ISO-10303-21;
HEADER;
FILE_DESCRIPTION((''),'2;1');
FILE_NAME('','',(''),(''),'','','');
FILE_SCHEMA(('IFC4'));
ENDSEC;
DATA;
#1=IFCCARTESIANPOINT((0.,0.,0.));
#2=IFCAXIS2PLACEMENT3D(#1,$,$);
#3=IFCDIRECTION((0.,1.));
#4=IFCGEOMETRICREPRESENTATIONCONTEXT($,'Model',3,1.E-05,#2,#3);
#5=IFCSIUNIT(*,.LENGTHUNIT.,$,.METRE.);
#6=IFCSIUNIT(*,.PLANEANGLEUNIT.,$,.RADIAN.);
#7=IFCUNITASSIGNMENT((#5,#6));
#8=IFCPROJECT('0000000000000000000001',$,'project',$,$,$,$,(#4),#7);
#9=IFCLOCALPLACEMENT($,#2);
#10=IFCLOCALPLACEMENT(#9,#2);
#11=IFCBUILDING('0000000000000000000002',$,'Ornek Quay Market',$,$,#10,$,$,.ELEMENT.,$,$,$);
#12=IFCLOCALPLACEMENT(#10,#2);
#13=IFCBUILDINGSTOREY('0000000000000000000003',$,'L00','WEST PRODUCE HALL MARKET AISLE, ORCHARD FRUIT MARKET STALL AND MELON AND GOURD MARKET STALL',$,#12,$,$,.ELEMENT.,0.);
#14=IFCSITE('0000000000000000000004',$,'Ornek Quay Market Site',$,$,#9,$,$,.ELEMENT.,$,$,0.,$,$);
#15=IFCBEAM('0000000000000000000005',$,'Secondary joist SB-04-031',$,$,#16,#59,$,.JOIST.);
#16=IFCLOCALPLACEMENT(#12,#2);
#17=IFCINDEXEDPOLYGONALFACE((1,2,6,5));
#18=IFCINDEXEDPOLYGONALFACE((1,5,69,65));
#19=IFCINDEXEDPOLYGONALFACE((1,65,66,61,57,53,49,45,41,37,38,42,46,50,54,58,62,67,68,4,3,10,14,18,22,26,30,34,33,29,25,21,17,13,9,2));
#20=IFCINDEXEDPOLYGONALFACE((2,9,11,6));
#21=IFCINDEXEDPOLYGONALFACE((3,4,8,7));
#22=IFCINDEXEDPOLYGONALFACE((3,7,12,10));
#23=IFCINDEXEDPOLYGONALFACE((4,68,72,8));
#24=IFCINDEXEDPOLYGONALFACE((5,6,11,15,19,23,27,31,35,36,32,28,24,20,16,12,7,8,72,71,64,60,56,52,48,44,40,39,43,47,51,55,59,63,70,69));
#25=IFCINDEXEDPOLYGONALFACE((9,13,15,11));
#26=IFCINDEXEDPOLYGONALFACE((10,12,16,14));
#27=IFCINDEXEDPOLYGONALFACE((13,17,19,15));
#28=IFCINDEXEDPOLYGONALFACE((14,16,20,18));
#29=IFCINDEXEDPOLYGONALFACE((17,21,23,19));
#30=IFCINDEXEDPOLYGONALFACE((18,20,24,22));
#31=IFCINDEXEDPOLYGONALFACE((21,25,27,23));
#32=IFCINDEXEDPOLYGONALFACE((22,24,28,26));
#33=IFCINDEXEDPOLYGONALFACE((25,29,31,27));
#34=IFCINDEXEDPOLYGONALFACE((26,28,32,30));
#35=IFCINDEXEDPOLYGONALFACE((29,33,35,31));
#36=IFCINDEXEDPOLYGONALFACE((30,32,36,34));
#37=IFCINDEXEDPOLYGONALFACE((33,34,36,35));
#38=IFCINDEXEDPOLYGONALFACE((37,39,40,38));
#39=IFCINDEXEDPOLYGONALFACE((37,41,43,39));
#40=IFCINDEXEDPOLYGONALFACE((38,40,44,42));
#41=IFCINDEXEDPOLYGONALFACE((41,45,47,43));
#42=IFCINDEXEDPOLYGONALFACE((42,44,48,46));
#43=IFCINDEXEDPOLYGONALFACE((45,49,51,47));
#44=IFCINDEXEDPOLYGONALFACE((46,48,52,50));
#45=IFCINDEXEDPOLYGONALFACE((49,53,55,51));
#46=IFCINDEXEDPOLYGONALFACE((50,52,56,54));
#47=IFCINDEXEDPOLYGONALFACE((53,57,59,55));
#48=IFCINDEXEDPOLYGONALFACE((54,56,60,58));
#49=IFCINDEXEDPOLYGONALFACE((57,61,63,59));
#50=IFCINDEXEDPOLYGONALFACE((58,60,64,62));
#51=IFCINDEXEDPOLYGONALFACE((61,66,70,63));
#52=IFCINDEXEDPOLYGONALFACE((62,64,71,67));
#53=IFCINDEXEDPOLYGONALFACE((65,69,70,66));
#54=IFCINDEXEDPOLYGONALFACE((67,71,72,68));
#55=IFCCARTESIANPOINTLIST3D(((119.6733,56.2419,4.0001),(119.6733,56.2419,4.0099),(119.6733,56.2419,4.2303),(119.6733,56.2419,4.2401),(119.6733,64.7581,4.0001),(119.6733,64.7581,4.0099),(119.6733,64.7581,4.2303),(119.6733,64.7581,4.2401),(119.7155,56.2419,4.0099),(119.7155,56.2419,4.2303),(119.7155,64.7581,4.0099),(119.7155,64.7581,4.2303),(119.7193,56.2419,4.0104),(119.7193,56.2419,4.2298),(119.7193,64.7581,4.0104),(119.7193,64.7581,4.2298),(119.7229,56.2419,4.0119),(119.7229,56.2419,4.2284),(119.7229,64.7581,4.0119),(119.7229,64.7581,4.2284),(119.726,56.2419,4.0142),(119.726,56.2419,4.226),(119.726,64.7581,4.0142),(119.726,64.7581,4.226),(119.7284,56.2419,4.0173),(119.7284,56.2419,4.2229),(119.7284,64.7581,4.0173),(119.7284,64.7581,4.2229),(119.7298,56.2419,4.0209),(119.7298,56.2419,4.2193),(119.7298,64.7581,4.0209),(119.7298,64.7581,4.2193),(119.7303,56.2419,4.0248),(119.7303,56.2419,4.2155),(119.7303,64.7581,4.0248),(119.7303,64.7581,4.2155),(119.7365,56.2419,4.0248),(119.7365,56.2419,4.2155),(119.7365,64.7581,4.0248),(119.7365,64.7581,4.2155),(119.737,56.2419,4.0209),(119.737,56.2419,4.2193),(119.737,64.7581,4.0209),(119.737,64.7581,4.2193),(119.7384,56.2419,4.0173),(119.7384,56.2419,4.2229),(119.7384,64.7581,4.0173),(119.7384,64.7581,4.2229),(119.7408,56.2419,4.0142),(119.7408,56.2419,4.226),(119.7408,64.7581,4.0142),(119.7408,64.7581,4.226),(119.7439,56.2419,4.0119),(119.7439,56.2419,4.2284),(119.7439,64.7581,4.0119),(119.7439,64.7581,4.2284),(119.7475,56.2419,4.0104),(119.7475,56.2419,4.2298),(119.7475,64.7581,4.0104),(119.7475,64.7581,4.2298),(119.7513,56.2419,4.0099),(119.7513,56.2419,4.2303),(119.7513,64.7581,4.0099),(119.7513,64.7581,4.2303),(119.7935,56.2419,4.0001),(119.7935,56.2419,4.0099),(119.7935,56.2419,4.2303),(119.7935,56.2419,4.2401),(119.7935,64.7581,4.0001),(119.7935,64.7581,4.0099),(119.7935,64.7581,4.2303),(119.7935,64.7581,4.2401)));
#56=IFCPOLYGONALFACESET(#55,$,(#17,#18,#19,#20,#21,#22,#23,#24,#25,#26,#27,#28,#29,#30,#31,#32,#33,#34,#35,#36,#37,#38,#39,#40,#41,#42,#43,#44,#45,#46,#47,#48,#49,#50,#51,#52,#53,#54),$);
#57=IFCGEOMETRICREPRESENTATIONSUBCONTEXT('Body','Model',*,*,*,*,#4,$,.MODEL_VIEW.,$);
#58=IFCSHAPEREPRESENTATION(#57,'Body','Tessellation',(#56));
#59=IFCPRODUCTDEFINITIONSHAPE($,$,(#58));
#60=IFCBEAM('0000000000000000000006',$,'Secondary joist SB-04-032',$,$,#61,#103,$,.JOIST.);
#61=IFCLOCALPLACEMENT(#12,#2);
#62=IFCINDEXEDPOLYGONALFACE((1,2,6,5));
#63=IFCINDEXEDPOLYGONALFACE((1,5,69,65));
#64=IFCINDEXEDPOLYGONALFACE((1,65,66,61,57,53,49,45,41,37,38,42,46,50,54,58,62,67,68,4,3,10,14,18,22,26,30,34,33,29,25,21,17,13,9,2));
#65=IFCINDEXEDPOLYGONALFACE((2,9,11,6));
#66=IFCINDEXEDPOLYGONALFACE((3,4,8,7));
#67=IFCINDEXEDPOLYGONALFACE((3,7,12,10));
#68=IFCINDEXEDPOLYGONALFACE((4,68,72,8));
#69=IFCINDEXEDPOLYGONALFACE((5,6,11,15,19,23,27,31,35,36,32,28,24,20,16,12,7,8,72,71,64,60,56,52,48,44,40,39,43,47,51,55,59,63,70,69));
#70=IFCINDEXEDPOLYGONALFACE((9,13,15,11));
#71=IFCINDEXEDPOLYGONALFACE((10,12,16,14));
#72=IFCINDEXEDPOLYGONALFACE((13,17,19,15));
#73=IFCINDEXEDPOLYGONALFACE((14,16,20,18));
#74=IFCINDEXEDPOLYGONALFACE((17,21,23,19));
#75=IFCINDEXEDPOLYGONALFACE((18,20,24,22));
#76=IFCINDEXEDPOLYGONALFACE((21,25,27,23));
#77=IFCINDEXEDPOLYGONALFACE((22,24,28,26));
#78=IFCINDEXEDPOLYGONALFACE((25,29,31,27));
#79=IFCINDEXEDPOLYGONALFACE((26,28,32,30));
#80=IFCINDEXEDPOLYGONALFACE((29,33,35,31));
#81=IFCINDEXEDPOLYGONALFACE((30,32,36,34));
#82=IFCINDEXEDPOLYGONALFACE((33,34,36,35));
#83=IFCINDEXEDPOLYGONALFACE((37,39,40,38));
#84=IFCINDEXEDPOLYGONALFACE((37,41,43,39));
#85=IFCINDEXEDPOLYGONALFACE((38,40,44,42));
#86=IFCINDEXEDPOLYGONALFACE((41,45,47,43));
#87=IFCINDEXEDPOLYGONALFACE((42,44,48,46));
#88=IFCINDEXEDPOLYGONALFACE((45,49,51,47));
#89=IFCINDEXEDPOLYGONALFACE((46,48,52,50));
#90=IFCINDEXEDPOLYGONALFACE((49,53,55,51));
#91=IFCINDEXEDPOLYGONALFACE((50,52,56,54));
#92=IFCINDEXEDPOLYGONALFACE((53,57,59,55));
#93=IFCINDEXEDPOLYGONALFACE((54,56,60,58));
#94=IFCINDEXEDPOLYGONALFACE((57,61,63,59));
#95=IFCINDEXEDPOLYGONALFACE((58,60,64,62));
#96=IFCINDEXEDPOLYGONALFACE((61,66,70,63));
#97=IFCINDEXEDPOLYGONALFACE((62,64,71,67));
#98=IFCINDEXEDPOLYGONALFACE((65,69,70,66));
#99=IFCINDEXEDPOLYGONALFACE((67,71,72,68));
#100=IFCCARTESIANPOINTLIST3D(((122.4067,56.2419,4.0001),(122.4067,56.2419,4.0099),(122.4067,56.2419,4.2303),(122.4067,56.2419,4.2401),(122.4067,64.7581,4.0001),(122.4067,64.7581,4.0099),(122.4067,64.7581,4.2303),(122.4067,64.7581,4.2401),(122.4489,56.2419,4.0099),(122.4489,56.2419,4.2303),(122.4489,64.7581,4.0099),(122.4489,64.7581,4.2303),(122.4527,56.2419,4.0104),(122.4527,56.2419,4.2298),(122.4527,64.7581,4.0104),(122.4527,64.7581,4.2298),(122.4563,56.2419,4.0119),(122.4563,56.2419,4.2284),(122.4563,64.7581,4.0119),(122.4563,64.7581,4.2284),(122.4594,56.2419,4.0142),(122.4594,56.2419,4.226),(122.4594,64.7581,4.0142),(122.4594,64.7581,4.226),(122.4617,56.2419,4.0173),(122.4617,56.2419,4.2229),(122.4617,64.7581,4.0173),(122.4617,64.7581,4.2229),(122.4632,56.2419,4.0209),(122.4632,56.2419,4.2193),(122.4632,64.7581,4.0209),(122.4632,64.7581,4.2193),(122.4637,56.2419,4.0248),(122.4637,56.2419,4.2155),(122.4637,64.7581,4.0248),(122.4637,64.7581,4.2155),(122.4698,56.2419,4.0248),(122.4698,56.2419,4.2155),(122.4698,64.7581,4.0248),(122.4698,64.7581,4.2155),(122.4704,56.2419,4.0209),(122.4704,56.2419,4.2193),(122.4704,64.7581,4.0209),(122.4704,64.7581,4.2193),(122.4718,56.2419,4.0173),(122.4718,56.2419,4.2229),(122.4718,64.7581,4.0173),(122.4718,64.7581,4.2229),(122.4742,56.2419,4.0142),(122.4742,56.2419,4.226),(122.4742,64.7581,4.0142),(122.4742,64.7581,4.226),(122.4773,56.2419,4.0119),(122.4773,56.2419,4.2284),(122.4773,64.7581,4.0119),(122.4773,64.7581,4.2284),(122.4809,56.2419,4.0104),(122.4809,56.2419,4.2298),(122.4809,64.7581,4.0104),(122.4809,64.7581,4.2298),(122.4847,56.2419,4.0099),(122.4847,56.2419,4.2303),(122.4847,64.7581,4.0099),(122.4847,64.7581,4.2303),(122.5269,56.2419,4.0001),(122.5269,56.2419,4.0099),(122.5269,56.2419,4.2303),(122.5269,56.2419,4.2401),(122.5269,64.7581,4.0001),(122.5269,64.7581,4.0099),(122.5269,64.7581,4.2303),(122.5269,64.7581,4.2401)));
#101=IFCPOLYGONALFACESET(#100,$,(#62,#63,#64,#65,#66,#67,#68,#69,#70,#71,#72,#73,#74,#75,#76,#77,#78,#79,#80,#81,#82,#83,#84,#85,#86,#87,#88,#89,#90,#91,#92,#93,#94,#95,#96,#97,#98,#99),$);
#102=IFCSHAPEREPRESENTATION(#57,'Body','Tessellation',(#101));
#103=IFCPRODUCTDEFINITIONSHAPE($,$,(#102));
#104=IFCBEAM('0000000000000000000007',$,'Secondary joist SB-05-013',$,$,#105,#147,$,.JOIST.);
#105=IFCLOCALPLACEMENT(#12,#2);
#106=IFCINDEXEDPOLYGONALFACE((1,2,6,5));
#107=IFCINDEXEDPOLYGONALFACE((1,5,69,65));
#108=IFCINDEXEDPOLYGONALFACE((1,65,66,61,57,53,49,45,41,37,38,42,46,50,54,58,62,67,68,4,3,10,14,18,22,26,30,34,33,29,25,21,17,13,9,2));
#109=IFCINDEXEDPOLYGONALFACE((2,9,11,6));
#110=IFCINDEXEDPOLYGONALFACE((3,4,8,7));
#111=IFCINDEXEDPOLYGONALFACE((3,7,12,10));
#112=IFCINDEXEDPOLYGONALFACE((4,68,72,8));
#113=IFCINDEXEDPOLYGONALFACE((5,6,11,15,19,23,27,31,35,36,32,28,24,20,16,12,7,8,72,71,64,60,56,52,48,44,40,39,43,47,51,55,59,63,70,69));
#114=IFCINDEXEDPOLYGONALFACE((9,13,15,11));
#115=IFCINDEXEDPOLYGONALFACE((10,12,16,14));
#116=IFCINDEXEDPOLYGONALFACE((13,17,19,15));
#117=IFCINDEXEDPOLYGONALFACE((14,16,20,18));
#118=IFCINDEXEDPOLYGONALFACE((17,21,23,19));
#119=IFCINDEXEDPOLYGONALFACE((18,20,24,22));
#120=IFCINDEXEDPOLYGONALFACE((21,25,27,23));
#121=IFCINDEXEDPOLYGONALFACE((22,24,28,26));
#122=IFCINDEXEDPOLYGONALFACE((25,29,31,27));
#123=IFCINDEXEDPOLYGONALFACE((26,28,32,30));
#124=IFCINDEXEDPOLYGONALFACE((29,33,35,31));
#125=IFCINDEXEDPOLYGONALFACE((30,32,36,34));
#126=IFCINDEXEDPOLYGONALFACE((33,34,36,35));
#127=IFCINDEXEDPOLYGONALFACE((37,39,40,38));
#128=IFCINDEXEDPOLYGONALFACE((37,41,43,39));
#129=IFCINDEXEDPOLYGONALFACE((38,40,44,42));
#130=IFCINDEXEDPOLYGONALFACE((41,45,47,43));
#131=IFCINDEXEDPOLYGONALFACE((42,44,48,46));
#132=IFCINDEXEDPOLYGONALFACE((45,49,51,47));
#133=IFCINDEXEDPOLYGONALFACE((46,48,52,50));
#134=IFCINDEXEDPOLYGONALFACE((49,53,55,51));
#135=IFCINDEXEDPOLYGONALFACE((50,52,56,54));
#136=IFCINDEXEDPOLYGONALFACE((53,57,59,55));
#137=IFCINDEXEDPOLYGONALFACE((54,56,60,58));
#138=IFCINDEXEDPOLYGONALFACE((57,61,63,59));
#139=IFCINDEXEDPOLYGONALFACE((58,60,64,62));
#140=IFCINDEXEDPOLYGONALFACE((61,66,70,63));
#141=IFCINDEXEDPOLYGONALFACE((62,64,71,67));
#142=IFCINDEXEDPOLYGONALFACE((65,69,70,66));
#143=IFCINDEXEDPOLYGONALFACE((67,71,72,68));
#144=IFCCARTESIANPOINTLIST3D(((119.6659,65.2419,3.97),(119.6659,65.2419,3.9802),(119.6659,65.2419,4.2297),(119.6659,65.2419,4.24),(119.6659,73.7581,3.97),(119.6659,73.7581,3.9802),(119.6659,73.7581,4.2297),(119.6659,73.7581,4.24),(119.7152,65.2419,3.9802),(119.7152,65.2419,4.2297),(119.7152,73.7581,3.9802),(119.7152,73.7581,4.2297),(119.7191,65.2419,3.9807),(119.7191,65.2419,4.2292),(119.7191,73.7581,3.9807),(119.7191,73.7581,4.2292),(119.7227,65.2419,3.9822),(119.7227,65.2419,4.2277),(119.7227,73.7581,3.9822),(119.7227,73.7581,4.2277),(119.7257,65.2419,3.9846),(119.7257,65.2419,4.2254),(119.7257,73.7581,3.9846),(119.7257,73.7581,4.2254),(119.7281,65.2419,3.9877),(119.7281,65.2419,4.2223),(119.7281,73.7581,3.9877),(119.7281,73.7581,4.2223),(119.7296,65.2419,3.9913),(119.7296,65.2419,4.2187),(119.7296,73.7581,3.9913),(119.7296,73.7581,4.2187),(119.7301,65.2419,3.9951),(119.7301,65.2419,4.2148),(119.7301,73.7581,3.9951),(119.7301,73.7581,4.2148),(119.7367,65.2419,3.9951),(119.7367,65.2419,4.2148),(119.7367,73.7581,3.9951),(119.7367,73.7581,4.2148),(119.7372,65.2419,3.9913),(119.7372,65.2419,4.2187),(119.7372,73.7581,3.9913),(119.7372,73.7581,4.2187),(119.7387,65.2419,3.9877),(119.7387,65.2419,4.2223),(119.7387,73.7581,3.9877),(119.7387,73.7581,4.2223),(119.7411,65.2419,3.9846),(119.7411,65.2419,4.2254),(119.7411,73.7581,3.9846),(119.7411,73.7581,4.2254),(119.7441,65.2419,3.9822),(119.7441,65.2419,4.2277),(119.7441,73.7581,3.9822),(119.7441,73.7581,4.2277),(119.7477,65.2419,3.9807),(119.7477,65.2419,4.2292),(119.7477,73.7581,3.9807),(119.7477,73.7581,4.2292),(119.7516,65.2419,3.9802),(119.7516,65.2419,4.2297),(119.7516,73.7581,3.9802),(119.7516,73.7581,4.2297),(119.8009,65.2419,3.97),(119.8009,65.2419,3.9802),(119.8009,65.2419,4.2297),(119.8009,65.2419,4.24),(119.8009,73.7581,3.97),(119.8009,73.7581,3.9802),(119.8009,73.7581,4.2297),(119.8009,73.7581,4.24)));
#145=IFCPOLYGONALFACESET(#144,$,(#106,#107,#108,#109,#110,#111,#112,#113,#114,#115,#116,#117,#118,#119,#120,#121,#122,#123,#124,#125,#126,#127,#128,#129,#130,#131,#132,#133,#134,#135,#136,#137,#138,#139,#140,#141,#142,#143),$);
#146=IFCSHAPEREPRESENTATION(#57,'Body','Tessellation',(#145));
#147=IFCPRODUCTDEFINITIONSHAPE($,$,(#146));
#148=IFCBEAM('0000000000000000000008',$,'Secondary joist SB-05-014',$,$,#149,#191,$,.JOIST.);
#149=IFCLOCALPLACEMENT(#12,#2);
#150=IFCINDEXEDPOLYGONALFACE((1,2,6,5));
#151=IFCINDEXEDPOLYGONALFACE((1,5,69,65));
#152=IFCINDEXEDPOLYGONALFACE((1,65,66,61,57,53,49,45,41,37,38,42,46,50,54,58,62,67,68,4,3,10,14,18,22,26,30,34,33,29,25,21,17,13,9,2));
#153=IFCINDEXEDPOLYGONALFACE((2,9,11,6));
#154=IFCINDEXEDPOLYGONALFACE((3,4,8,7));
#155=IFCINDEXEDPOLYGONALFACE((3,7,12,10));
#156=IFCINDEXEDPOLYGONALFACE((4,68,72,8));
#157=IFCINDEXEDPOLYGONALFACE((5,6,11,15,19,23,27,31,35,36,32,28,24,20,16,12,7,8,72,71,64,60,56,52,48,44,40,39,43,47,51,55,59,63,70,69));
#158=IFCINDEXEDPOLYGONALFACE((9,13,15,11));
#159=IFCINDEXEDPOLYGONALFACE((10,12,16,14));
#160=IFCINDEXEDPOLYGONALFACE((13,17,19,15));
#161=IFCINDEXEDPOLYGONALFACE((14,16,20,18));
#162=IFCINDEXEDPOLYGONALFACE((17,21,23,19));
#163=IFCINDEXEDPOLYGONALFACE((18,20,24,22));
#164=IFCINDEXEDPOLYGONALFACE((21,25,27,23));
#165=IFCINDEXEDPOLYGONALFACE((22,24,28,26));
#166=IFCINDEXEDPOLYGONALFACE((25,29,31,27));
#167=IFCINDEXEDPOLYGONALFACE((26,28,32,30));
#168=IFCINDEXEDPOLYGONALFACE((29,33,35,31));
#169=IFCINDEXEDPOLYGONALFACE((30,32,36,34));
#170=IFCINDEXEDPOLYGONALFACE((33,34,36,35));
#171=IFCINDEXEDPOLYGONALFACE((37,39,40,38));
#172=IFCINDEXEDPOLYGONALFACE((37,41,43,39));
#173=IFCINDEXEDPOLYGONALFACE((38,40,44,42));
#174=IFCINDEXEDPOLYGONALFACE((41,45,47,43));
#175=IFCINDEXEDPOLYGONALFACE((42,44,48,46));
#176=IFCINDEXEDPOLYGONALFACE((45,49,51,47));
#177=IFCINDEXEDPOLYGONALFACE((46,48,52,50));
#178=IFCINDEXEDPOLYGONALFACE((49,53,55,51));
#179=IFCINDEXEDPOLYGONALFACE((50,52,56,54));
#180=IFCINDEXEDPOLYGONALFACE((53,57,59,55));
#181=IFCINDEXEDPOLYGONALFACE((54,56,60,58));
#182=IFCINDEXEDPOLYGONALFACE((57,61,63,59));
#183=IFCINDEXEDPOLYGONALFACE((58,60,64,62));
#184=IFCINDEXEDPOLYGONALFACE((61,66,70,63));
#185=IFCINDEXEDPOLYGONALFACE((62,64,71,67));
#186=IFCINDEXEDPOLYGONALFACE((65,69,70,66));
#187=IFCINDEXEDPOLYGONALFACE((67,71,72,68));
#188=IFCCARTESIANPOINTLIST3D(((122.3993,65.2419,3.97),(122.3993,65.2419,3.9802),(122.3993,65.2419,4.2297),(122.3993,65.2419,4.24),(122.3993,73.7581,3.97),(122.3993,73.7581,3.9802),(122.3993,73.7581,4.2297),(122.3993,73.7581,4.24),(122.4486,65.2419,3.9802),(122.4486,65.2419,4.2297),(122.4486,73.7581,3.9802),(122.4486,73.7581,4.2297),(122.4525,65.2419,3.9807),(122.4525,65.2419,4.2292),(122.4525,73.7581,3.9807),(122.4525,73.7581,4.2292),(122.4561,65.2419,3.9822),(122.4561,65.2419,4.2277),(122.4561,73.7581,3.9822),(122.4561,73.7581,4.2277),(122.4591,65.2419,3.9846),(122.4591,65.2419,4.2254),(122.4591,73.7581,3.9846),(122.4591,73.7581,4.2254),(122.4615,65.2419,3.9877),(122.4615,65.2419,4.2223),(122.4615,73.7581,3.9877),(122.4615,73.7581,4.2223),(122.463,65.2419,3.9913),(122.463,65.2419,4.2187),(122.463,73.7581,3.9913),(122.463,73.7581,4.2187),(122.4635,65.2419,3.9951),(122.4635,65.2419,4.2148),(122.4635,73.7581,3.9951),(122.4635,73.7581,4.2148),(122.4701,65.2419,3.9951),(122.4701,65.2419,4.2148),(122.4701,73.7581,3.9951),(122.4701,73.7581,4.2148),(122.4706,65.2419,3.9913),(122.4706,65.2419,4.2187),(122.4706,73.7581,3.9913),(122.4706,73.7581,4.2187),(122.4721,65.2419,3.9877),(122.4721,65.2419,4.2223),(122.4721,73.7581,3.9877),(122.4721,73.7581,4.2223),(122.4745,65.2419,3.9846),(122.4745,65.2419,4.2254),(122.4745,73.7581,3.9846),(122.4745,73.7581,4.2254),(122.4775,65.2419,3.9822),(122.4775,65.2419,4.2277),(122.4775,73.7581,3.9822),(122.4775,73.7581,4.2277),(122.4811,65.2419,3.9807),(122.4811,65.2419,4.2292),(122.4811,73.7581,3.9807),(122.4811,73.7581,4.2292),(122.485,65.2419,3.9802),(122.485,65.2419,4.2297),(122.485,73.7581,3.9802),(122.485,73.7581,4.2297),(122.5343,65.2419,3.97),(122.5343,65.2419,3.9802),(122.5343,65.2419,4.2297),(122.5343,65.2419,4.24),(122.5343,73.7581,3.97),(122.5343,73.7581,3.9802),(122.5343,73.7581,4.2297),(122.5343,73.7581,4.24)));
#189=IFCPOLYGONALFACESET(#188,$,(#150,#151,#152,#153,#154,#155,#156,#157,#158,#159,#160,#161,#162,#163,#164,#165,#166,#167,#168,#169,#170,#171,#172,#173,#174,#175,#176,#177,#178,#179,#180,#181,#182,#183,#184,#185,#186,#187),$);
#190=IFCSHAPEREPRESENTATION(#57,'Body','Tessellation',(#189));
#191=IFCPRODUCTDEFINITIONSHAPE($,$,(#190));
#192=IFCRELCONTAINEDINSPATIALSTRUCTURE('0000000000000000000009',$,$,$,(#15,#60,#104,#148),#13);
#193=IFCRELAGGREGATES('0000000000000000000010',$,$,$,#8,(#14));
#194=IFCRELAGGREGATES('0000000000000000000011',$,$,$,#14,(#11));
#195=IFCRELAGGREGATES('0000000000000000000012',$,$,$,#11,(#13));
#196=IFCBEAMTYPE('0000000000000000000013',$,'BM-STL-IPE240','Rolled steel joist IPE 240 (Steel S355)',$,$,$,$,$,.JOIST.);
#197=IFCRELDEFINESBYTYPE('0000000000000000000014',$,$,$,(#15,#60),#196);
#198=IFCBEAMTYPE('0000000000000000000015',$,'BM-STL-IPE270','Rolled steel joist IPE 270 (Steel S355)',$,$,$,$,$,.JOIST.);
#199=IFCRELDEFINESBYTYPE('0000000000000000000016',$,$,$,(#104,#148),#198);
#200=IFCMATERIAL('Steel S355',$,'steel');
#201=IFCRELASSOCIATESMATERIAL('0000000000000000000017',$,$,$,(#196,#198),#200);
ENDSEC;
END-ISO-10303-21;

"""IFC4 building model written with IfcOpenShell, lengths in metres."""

from ifc_helpers import new_model, si_unit, direction, frame, origin, origin_2d, place, context, subcontext, project, spatial, i_section, extrude, material, material_profile, profile_set, type_object, element, save


model = new_model("IFC4")

# Units and contexts
model_context = context("Model", 3, precision=1e-05, world=origin(), true_north=direction((0.0, 1.0)))
body_context = subcontext(model_context, "Body", "Model", "MODEL_VIEW")
ifc_project = project(units=[si_unit("LENGTHUNIT", "METRE"), si_unit("PLANEANGLEUNIT", "RADIAN")], contexts=[model_context])

# Site, building, storey
site_placement = place(None, origin())
site = spatial("IfcSite", under=ifc_project, at=site_placement, Name="Ornek Quay Market Site", CompositionType="ELEMENT", RefElevation=0.0)
building_placement = place(site_placement, origin())
building = spatial("IfcBuilding", under=site, at=building_placement, Name="Ornek Quay Market", CompositionType="ELEMENT")
storey_placement = place(building_placement, origin())
storey = spatial("IfcBuildingStorey", under=building, at=storey_placement, Name="L00", Description="WEST PRODUCE HALL MARKET AISLE, ORCHARD FRUIT MARKET STALL AND MELON AND GOURD MARKET STALL", CompositionType="ELEMENT", Elevation=0.0)

# Beams
ifc_material_1 = material(Name="Steel S355", Category="steel")
ifc_material_profile_1 = material_profile(ifc_material_1, i_section(OverallWidth=0.1201, OverallDepth=0.24, WebThickness=0.0061, FlangeThickness=0.0098, FilletRadius=0.0149, at=origin_2d()), Name="IPE 240", Category="steel")
ifc_profile_set_1 = profile_set([ifc_material_profile_1], Name="Steel S355")
beam_type_1 = type_object("IfcBeamType", Name="BM-STL-IPE240", Description="Rolled steel joist IPE 240 (Steel S355)", PredefinedType="JOIST", material=ifc_profile_set_1)
for number, where, z_axis, x_axis, name in (
    (1, (119.7334, 56.2419, 4.1201), (0.0, 1.0, 0.0), (-1.0, 0.0, 0.0), "Secondary joist SB-04-031"),
    (2, (122.4668, 56.2419, 4.1201), (0.0, 1.0, 0.0), (-1.0, 0.0, 0.0), "Secondary joist SB-04-032"),
):
    element("IfcBeam", number, at=place(storey_placement, frame(where, z_axis=z_axis, x_axis=x_axis)), inside=storey, type_object=beam_type_1, Name=name, PredefinedType="JOIST", context=body_context, shape_type="SweptSolid", body=[
        extrude(i_section(OverallWidth=0.1201, OverallDepth=0.24, WebThickness=0.0061, FlangeThickness=0.0098, FilletRadius=0.0149, at=origin_2d()), origin(), (0.0, 0.0, 1.0), 8.5161),
    ])
ifc_material_profile_2 = material_profile(ifc_material_1, i_section(OverallWidth=0.135, OverallDepth=0.27, WebThickness=0.0066, FlangeThickness=0.0103, FilletRadius=0.0149, at=origin_2d()), Name="IPE 270", Category="steel")
ifc_profile_set_2 = profile_set([ifc_material_profile_2], Name="Steel S355")
beam_type_2 = type_object("IfcBeamType", Name="BM-STL-IPE270", Description="Rolled steel joist IPE 270 (Steel S355)", PredefinedType="JOIST", material=ifc_profile_set_2)
for number, where, z_axis, x_axis, name in (
    (3, (119.7334, 65.2419, 4.105), (0.0, 1.0, 0.0), (-1.0, 0.0, 0.0), "Secondary joist SB-05-013"),
    (4, (122.4668, 65.2419, 4.105), (0.0, 1.0, 0.0), (-1.0, 0.0, 0.0), "Secondary joist SB-05-014"),
):
    element("IfcBeam", number, at=place(storey_placement, frame(where, z_axis=z_axis, x_axis=x_axis)), inside=storey, type_object=beam_type_2, Name=name, PredefinedType="JOIST", context=body_context, shape_type="SweptSolid", body=[
        extrude(i_section(OverallWidth=0.135, OverallDepth=0.27, WebThickness=0.0066, FlangeThickness=0.0103, FilletRadius=0.0149, at=origin_2d()), origin(), (0.0, 0.0, 1.0), 8.5161),
    ])

save(model, "model.ifc")
